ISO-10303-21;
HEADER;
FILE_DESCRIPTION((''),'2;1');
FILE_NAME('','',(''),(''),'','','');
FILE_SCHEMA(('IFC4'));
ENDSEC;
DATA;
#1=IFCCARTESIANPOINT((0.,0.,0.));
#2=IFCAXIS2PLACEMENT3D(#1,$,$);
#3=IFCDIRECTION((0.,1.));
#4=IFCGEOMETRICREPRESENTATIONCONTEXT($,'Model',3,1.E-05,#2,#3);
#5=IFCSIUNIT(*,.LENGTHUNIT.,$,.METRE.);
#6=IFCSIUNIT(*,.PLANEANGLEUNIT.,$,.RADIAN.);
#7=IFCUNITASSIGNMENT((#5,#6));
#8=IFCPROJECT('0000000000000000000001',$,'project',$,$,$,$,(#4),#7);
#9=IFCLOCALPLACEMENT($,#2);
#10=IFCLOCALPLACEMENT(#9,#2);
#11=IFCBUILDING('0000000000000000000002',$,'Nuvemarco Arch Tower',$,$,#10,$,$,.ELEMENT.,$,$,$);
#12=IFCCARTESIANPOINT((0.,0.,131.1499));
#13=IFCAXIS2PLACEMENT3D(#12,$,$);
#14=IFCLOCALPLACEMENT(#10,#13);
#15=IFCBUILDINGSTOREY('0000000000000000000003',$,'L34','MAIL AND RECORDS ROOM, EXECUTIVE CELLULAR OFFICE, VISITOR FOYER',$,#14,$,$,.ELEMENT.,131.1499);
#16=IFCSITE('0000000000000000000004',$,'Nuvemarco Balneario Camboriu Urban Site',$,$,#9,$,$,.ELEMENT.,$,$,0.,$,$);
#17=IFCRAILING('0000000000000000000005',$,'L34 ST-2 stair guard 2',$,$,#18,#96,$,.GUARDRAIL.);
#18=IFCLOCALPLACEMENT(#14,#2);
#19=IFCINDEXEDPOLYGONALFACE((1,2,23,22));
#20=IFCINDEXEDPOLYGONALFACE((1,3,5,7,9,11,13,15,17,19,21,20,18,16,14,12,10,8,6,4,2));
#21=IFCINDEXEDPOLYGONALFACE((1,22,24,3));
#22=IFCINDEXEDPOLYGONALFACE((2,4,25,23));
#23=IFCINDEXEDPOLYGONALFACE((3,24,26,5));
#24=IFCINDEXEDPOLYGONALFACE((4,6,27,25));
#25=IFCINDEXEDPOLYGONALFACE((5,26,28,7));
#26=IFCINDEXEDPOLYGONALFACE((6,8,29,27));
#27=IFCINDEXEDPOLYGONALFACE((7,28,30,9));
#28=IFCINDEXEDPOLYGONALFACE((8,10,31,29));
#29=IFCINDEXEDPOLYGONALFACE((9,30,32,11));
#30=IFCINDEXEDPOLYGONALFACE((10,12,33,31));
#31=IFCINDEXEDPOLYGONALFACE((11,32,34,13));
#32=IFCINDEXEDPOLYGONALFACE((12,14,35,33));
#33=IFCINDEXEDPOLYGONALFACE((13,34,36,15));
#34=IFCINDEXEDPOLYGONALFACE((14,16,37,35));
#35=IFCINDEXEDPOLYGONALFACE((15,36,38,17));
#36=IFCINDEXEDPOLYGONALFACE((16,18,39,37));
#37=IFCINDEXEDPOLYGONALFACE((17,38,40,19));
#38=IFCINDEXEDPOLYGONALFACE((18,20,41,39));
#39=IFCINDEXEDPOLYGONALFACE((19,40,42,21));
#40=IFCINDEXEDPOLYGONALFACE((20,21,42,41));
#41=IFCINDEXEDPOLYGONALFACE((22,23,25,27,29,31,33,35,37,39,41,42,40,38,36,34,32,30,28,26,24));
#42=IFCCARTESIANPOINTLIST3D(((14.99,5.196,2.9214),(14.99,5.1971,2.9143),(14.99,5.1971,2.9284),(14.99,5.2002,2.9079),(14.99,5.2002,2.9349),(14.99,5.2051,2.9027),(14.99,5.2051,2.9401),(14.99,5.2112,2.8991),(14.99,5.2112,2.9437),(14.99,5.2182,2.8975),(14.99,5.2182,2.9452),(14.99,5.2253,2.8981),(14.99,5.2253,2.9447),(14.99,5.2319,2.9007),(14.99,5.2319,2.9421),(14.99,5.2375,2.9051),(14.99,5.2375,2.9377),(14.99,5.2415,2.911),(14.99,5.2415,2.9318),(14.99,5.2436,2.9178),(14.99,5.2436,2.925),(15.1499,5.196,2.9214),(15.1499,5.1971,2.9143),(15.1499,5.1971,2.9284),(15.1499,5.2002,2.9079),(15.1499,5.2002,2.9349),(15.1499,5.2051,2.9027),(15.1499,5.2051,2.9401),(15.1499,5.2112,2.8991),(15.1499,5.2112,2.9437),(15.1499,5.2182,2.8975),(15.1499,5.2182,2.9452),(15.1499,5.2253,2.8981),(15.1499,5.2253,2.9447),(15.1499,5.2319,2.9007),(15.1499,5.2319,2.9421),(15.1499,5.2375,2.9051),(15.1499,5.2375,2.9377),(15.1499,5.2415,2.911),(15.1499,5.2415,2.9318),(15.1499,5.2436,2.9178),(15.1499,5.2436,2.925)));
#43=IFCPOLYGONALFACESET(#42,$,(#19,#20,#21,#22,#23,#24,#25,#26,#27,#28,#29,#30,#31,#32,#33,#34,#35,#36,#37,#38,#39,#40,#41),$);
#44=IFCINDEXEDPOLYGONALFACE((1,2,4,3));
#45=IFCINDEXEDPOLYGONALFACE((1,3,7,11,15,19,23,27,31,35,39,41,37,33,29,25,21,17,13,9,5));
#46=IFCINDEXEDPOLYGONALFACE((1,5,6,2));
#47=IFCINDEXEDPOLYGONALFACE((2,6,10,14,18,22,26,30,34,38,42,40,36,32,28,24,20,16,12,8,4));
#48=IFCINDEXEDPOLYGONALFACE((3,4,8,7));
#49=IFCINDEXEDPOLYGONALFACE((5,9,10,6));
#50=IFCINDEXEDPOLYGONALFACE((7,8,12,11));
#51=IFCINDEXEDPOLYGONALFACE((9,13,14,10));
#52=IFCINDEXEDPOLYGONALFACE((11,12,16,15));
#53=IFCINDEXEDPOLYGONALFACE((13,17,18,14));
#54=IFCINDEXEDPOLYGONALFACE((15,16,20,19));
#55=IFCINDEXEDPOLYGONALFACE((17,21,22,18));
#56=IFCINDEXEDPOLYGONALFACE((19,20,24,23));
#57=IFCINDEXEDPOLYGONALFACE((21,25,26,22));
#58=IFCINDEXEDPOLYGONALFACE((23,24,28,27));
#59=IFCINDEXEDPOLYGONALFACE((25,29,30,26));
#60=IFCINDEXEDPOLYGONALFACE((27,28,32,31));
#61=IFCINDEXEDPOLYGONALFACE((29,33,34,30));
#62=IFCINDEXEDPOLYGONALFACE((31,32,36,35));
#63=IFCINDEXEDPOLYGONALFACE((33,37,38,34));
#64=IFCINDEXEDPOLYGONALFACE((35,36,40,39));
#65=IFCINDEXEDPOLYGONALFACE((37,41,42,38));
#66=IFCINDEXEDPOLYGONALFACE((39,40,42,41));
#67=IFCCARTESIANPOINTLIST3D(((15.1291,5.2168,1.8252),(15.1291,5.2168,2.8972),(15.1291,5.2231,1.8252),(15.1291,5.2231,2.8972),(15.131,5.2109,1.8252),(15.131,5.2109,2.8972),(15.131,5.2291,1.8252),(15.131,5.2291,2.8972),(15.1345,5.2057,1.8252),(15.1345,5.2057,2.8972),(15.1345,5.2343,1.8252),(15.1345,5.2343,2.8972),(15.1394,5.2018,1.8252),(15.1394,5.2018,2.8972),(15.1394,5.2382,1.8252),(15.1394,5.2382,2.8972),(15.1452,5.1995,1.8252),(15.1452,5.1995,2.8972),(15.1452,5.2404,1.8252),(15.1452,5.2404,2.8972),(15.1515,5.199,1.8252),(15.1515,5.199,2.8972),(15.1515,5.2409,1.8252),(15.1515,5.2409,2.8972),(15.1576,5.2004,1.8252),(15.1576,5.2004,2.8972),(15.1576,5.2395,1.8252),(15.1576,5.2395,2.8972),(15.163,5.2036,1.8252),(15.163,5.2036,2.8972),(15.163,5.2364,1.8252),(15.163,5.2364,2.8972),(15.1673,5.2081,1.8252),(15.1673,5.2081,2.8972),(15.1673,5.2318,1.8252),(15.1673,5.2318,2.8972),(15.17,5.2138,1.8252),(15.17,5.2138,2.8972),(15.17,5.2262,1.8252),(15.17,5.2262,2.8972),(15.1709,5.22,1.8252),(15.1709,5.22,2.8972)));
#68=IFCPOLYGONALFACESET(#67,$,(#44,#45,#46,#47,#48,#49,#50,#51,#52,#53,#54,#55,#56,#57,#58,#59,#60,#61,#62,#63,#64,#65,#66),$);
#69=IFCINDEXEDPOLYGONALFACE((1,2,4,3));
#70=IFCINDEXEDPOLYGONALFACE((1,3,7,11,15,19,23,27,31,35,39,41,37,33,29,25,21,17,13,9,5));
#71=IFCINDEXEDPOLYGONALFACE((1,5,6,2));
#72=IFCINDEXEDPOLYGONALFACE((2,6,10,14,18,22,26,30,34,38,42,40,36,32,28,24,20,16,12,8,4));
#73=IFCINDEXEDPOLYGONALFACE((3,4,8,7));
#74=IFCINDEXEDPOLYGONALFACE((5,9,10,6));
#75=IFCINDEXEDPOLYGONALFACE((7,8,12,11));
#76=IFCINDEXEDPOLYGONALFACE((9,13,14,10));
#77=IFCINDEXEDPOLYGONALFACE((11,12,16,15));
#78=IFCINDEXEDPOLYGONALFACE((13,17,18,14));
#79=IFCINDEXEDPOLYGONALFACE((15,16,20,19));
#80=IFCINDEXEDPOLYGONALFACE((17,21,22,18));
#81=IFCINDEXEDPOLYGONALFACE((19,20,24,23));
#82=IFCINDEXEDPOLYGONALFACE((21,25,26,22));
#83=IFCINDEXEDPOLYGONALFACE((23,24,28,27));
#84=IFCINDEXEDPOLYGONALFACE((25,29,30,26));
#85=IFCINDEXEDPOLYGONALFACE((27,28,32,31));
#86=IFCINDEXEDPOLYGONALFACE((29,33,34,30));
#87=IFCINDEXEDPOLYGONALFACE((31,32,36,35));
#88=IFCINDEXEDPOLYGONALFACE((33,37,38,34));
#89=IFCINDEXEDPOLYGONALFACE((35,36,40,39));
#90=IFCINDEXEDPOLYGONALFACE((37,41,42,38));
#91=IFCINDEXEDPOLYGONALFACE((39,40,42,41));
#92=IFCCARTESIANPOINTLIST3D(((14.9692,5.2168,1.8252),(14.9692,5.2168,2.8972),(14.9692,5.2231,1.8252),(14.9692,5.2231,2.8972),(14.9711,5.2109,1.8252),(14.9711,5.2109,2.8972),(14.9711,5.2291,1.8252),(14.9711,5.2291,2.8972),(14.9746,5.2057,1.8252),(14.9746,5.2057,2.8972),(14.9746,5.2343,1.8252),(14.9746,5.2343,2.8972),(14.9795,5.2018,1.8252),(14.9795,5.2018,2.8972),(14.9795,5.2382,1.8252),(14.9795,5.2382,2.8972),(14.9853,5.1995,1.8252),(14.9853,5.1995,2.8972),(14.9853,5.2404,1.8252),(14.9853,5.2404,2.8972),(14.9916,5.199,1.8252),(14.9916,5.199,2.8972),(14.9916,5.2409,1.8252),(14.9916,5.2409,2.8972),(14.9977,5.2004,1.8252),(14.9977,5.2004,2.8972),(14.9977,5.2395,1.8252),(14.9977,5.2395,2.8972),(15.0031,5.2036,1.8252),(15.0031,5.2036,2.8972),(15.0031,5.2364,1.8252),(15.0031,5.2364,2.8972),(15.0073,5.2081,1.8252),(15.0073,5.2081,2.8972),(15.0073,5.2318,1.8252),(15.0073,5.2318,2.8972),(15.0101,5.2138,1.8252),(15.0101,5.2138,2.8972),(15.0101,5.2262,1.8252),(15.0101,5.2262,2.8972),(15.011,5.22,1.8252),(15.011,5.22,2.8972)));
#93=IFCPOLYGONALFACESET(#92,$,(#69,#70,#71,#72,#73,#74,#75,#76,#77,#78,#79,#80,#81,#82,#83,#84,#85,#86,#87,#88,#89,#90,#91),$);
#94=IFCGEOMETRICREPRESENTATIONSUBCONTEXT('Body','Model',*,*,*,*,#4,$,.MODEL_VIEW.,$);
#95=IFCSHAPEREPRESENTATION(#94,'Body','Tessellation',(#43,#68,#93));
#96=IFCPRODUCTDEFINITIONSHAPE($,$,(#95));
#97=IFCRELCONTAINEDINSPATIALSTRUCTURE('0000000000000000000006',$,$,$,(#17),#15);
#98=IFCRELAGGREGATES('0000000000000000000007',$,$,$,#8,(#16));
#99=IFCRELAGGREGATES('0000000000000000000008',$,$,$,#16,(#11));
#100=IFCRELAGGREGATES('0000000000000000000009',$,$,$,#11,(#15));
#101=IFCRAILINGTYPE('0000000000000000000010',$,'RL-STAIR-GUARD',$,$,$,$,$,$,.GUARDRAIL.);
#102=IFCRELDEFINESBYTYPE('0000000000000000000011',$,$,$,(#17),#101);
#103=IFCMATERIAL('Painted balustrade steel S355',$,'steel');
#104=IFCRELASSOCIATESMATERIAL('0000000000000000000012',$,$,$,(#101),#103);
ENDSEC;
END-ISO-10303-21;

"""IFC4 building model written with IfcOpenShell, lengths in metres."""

from ifc_helpers import new_model, si_unit, direction, frame, origin, origin_2d, place, context, subcontext, project, spatial, circle, extrude, material, type_object, element, save


model = new_model("IFC4")

# Units and contexts
model_context = context("Model", 3, precision=1e-05, world=origin(), true_north=direction((0.0, 1.0)))
body_context = subcontext(model_context, "Body", "Model", "MODEL_VIEW")
ifc_project = project(units=[si_unit("LENGTHUNIT", "METRE"), si_unit("PLANEANGLEUNIT", "RADIAN")], contexts=[model_context])

# Site, building, storey
site_placement = place(None, origin())
site = spatial("IfcSite", under=ifc_project, at=site_placement, Name="Nuvemarco Balneario Camboriu Urban Site", CompositionType="ELEMENT", RefElevation=0.0)
building_placement = place(site_placement, origin())
building = spatial("IfcBuilding", under=site, at=building_placement, Name="Nuvemarco Arch Tower", CompositionType="ELEMENT")
storey_placement = place(building_placement, frame((0.0, 0.0, 131.1499)))
storey = spatial("IfcBuildingStorey", under=building, at=storey_placement, Name="L34", Description="MAIL AND RECORDS ROOM, EXECUTIVE CELLULAR OFFICE, VISITOR FOYER", CompositionType="ELEMENT", Elevation=131.1499)

# Railing
ifc_material_1 = material(Name="Painted balustrade steel S355", Category="steel")
railing_type_1 = type_object("IfcRailingType", Name="RL-STAIR-GUARD", PredefinedType="GUARDRAIL", material=ifc_material_1)
railing_1_placement = place(storey_placement, frame((15.1499, 5.22, 1.8252)))
element("IfcRailing", 1, at=railing_1_placement, inside=storey, type_object=railing_type_1, Name="L34 ST-2 stair guard 2", PredefinedType="GUARDRAIL", context=body_context, shape_type="SweptSolid", body=[
    extrude(circle(Radius=0.0239, at=origin_2d()), frame((0.0, 0.0, 1.0962), z_axis=(-1.0, 0.0, 0.0), x_axis=(0.0, -1.0, 0.0)), (0.0, 0.0, 1.0), 0.1599),
    extrude(circle(Radius=0.021, at=origin_2d()), origin(), (0.0, 0.0, 1.0), 1.072),
    extrude(circle(Radius=0.021, at=origin_2d()), frame((-0.1599, 0.0, 0.0)), (0.0, 0.0, 1.0), 1.072),
])

save(model, "model.ifc")
